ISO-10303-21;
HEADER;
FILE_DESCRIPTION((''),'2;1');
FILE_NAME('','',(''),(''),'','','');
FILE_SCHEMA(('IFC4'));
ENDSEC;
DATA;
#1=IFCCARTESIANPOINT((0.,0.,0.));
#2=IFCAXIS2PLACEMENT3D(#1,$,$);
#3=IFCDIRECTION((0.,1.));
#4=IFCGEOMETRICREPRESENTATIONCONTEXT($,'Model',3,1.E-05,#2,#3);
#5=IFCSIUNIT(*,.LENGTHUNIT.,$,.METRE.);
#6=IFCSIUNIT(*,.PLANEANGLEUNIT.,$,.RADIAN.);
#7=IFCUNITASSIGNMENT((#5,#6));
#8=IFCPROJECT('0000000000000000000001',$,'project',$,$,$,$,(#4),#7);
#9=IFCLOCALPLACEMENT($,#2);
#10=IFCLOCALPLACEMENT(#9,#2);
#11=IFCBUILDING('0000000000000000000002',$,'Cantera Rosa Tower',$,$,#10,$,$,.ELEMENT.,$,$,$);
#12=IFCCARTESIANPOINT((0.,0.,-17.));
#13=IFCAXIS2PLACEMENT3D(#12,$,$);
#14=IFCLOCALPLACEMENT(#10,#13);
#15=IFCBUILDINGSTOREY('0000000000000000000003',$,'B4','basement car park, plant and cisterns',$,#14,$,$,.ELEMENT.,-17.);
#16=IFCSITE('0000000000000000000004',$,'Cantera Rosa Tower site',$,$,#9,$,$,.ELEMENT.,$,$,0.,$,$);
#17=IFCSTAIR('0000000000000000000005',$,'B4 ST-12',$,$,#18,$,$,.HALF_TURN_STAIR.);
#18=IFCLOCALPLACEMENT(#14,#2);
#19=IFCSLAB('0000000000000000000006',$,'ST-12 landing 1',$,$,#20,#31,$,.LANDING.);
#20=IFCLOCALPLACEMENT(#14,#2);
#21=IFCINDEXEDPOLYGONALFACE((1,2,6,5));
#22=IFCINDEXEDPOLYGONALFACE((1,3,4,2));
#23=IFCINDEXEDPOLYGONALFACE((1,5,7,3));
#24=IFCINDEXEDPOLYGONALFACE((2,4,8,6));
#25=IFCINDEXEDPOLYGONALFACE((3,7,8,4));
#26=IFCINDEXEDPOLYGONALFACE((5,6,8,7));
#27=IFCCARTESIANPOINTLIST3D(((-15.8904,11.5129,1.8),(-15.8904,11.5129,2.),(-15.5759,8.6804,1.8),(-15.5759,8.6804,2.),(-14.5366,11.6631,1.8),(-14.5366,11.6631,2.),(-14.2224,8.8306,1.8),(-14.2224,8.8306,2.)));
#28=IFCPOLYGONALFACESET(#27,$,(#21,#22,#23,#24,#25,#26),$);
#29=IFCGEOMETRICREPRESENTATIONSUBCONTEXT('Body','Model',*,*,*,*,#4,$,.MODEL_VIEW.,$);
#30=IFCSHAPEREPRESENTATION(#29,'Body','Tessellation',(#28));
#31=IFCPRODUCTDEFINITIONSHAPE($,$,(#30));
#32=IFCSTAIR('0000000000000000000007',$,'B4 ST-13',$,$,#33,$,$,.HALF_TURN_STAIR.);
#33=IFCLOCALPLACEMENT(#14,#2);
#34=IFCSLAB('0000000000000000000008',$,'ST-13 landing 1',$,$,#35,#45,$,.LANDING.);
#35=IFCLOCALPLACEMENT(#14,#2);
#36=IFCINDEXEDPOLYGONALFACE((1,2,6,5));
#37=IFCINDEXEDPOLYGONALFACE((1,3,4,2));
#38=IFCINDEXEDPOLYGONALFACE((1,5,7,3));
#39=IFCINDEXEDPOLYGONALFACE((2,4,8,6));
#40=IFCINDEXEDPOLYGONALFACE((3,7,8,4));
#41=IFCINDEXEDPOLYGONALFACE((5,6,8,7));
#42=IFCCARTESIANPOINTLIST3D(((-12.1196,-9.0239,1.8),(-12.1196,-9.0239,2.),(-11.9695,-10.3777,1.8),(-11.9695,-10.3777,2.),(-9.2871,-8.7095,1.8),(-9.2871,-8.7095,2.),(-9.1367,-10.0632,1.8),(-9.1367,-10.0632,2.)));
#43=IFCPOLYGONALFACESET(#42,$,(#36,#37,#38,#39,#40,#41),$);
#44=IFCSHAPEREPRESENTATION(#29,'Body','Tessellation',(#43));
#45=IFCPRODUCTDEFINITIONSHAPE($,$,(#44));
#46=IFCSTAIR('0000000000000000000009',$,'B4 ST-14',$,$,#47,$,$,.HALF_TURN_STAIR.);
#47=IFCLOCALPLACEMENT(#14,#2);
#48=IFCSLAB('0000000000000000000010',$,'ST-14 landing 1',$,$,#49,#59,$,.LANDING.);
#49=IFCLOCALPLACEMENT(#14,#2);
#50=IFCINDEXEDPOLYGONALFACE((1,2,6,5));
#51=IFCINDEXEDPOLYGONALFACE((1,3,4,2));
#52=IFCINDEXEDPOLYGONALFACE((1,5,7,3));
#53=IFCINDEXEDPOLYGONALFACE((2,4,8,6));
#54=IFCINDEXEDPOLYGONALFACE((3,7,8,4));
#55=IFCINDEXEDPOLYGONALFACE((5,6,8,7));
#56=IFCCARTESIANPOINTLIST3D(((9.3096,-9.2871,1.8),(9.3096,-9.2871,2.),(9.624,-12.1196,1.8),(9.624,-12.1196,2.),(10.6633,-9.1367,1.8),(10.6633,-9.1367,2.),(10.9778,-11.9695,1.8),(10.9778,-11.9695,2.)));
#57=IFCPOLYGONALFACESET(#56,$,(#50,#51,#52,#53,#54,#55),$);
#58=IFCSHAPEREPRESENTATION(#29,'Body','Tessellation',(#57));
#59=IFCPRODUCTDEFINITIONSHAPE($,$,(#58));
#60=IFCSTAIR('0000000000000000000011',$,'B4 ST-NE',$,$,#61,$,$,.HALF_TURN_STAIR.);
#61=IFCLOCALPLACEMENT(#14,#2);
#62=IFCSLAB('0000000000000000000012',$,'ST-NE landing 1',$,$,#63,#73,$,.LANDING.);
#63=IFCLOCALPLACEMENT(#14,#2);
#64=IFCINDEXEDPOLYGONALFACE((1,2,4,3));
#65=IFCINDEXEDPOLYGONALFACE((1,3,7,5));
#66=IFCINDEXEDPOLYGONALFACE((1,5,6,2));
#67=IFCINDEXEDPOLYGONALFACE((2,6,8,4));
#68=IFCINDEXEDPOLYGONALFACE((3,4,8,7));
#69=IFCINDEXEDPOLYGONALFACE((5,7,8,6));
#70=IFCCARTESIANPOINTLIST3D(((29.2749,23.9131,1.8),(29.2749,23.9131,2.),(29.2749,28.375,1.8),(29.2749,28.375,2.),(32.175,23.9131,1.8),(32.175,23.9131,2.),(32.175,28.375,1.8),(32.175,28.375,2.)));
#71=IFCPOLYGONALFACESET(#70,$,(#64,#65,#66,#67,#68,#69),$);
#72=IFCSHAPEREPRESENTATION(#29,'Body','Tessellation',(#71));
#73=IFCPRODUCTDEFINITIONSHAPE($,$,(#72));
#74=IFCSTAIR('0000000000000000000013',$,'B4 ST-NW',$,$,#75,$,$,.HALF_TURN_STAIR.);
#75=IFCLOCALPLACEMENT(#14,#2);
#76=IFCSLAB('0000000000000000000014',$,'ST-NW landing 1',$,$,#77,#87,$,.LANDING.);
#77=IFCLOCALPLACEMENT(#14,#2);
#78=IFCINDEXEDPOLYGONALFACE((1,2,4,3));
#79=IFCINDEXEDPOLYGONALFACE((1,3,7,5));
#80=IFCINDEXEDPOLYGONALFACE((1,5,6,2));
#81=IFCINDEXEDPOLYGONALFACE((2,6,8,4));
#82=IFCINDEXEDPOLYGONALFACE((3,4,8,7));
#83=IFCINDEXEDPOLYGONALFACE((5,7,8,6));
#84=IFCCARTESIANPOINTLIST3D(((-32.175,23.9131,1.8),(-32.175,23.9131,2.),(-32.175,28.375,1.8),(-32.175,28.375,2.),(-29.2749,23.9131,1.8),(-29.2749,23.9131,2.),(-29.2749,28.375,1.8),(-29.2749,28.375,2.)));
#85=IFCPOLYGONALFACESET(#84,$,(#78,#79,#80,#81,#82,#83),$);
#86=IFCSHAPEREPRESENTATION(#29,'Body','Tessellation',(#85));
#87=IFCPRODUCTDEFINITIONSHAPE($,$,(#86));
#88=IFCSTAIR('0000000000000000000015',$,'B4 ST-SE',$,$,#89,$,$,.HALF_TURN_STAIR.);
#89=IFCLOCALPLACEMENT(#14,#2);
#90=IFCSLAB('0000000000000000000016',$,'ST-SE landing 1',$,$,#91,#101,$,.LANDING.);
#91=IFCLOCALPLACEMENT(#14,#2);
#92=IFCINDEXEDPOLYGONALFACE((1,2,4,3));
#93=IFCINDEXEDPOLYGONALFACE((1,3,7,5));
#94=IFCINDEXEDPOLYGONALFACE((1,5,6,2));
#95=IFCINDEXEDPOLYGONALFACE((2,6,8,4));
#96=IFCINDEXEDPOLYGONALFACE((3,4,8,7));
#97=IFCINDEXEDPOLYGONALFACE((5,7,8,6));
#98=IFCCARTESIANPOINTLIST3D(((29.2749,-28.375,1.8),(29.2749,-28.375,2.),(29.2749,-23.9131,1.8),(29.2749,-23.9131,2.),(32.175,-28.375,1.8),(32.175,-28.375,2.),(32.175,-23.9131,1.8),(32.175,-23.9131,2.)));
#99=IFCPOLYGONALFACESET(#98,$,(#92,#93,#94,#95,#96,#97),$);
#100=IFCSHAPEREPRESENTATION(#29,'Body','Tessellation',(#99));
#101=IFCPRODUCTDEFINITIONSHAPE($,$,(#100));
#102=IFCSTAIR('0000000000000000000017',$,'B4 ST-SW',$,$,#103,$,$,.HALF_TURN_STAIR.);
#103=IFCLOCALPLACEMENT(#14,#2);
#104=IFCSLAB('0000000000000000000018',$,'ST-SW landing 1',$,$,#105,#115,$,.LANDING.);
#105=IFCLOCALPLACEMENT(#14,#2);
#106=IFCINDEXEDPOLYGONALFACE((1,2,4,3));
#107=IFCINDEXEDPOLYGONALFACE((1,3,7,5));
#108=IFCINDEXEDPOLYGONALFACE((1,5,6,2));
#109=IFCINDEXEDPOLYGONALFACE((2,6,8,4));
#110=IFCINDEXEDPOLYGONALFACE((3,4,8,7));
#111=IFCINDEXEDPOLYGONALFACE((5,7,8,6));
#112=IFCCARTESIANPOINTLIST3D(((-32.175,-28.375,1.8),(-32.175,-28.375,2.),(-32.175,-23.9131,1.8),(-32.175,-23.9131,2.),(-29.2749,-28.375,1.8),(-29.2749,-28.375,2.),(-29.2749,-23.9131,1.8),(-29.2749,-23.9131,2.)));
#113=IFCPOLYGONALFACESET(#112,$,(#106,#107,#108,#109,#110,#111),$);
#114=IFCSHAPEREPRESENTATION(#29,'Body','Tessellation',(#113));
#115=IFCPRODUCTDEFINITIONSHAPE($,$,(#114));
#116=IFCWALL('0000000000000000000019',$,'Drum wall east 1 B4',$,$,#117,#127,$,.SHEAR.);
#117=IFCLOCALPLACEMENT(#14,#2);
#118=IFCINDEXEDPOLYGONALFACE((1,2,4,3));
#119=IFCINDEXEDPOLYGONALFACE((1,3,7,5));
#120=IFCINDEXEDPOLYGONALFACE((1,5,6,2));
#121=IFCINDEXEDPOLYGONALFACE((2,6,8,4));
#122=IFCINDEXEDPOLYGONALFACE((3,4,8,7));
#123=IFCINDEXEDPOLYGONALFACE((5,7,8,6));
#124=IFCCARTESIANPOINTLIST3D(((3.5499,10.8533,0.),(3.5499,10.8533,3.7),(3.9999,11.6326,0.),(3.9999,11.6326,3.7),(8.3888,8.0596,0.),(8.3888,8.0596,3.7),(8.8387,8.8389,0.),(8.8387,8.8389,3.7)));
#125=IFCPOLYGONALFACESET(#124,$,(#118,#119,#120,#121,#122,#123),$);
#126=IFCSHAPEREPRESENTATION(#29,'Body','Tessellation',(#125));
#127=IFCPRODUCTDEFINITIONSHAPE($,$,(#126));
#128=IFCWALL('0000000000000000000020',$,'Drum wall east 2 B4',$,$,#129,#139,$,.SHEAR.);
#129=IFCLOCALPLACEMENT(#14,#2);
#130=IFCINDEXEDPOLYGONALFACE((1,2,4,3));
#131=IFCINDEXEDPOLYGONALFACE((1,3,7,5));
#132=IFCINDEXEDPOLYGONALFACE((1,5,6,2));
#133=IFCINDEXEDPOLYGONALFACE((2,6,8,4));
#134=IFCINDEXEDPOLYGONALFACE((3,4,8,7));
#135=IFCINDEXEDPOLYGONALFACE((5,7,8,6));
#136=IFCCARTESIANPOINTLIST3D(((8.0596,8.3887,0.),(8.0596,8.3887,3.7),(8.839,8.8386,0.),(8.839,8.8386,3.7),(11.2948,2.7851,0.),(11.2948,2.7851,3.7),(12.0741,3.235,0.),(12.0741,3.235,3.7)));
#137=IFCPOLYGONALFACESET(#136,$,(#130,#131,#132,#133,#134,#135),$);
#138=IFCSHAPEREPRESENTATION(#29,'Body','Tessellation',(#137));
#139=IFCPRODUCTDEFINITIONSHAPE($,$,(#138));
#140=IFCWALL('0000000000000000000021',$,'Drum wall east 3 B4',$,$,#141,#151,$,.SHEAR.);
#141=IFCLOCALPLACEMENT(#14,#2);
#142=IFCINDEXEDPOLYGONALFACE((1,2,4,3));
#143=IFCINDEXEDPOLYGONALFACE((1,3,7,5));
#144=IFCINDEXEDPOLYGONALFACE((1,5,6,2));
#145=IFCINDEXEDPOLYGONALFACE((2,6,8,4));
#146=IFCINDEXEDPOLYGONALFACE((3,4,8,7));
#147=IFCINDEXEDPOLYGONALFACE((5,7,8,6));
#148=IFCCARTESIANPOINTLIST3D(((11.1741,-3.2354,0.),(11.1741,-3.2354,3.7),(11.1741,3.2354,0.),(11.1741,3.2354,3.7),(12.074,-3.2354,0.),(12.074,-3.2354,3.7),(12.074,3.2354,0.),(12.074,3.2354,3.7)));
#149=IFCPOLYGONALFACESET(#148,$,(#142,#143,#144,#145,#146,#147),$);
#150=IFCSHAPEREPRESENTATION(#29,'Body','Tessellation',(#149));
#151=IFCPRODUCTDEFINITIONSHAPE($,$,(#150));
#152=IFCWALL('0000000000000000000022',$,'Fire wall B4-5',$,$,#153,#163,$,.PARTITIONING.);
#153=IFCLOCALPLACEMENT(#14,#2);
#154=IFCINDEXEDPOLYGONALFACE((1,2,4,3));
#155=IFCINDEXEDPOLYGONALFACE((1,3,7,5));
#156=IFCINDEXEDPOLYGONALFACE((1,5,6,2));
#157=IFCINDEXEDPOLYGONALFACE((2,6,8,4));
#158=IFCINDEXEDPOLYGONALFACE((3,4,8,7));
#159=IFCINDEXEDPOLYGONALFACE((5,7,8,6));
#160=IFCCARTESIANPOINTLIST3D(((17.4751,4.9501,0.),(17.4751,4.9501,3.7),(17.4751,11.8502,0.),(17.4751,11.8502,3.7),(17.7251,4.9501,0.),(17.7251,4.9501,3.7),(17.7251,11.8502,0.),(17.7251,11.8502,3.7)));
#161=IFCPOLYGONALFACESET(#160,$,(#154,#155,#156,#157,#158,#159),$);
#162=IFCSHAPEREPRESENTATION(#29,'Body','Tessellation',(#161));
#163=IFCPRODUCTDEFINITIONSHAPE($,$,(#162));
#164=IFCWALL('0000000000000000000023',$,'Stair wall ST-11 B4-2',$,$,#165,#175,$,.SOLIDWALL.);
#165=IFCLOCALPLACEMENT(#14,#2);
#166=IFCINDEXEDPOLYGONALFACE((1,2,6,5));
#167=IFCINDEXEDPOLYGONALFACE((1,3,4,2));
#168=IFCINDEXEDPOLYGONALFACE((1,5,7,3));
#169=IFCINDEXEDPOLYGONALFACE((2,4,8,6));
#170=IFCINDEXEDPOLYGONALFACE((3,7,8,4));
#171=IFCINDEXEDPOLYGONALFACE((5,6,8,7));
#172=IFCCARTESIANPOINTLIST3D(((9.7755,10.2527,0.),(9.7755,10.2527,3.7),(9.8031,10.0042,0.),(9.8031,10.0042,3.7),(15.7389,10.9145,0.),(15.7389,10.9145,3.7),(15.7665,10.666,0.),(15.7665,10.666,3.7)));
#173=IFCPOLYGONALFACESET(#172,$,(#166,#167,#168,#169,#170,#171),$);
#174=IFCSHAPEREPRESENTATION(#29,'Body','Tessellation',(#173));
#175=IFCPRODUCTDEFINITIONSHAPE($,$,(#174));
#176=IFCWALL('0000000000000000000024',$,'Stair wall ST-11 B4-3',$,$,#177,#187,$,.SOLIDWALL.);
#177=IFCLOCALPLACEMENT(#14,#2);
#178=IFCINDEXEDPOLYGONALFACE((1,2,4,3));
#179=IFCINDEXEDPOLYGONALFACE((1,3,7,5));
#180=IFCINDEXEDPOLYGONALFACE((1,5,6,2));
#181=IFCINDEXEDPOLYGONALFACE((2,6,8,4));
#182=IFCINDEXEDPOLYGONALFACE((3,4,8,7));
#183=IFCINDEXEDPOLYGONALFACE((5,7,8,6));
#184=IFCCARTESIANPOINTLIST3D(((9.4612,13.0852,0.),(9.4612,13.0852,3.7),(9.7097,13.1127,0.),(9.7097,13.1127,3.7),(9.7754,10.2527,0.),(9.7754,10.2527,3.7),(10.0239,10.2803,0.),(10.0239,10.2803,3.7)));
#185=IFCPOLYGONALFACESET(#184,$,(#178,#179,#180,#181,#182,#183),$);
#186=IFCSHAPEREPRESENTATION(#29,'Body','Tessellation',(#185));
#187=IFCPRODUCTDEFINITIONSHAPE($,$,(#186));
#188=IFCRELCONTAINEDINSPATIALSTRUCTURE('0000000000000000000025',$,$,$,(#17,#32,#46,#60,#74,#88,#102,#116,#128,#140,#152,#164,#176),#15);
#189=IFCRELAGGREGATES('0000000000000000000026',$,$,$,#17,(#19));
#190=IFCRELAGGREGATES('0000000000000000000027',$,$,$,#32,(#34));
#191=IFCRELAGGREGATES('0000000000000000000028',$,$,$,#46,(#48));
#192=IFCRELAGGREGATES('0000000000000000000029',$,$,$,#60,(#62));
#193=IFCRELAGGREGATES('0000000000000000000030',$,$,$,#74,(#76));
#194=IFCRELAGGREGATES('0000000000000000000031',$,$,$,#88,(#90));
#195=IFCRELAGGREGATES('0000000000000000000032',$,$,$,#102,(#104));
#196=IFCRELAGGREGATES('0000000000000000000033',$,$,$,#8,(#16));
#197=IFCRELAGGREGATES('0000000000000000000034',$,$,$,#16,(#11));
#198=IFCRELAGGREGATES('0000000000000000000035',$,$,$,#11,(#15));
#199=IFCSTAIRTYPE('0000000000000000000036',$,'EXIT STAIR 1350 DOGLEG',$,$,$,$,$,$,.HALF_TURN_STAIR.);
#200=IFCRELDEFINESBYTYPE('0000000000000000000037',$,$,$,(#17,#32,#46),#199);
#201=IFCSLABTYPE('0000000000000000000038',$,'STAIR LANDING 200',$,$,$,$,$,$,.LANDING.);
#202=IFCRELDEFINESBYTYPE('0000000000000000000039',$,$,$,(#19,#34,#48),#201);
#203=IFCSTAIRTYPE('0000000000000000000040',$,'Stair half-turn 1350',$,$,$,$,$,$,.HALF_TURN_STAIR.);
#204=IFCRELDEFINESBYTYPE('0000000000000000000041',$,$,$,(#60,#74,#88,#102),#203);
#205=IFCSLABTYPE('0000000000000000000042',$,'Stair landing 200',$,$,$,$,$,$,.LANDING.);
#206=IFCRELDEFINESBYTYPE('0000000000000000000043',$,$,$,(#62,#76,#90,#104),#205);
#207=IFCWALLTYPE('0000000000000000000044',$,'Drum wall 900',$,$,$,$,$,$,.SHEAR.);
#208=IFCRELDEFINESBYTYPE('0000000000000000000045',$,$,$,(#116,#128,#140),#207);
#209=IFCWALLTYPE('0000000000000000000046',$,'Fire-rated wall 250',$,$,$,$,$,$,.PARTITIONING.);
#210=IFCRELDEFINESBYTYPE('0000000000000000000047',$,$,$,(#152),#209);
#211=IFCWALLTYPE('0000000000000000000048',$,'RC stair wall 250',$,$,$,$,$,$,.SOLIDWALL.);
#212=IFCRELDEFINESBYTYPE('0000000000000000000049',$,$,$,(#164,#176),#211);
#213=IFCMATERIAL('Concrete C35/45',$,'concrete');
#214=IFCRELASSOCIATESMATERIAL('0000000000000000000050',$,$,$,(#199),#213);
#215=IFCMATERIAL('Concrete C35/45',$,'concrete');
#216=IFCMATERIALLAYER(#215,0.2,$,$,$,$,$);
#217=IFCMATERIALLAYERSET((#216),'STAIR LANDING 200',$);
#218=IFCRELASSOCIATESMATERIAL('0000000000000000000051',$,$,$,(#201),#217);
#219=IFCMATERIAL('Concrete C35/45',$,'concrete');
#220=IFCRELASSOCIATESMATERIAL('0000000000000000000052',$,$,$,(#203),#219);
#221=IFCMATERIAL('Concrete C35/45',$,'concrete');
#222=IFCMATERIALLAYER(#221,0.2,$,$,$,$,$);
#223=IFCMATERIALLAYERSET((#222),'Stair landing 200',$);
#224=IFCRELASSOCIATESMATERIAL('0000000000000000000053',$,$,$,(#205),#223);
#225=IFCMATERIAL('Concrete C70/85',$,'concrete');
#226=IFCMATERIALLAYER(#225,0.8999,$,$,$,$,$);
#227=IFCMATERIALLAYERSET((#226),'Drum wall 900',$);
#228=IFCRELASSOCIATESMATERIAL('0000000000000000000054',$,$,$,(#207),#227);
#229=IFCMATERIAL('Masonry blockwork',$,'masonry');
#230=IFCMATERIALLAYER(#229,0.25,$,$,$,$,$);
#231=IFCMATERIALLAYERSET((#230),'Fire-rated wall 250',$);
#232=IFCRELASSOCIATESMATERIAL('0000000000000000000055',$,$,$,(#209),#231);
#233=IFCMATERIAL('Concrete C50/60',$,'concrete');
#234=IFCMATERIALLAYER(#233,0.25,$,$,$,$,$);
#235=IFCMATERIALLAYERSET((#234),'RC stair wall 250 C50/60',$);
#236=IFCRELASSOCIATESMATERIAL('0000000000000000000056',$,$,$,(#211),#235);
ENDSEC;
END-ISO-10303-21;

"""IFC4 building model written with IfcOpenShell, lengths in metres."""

from ifc_helpers import new_model, si_unit, direction, frame, frame_2d, origin, place, context, subcontext, project, spatial, polyline, rectangle, outline, extrude, material, layer, layer_set, type_object, element, aggregate, save


model = new_model("IFC4")

# Units and contexts
model_context = context("Model", 3, precision=1e-05, world=origin(), true_north=direction((0.0, 1.0)))
body_context = subcontext(model_context, "Body", "Model", "MODEL_VIEW")
ifc_project = project(units=[si_unit("LENGTHUNIT", "METRE"), si_unit("PLANEANGLEUNIT", "RADIAN")], contexts=[model_context])

# Site, building, storey
site_placement = place(None, origin())
site = spatial("IfcSite", under=ifc_project, at=site_placement, Name="Cantera Rosa Tower site", CompositionType="ELEMENT", RefElevation=0.0)
building_placement = place(site_placement, origin())
building = spatial("IfcBuilding", under=site, at=building_placement, Name="Cantera Rosa Tower", CompositionType="ELEMENT")
storey_placement = place(building_placement, frame((0.0, 0.0, -17.0)))
storey = spatial("IfcBuildingStorey", under=building, at=storey_placement, Name="B4", Description="basement car park, plant and cisterns", CompositionType="ELEMENT", Elevation=-17.0)

# Stairs, slabs
ifc_material_1 = material(Name="Concrete C35/45", Category="concrete")
stair_type_1 = type_object("IfcStairType", Name="EXIT STAIR 1350 DOGLEG", PredefinedType="HALF_TURN_STAIR", material=ifc_material_1)
ifc_material_2 = material(Name="Concrete C35/45", Category="concrete")
ifc_layer_1 = layer(ifc_material_2, 0.2)
ifc_layer_set_1 = layer_set([ifc_layer_1], Name="STAIR LANDING 200")
slab_type_1 = type_object("IfcSlabType", Name="STAIR LANDING 200", PredefinedType="LANDING", material=ifc_layer_set_1)
stair_1_placement = place(storey_placement, origin())
stair_1 = element("IfcStair", 1, at=stair_1_placement, inside=storey, type_object=stair_type_1, Name="B4 ST-12", PredefinedType="HALF_TURN_STAIR")
slab_1_placement = place(storey_placement, frame((0.0, 0.0, 1.8)))
slab_1 = element("IfcSlab", 2, at=slab_1_placement, type_object=slab_type_1, Name="ST-12 landing 1", PredefinedType="LANDING", context=body_context, shape_type="SweptSolid", body=[
    extrude(outline(polyline([(-14.5366, 11.6631), (-15.8904, 11.5129), (-15.5759, 8.6804), (-14.2224, 8.8306), (-14.5366, 11.6631)])), origin(), (0.0, 0.0, 1.0), 0.2),
])
aggregate(stair_1, [slab_1])
stair_2_placement = place(storey_placement, origin())
stair_2 = element("IfcStair", 3, at=stair_2_placement, inside=storey, type_object=stair_type_1, Name="B4 ST-13", PredefinedType="HALF_TURN_STAIR")
slab_2_placement = place(storey_placement, frame((0.0, 0.0, 1.8)))
slab_2 = element("IfcSlab", 4, at=slab_2_placement, type_object=slab_type_1, Name="ST-13 landing 1", PredefinedType="LANDING", context=body_context, shape_type="SweptSolid", body=[
    extrude(outline(polyline([(-9.1367, -10.0632), (-9.2871, -8.7095), (-12.1196, -9.0239), (-11.9695, -10.3777), (-9.1367, -10.0632)])), origin(), (0.0, 0.0, 1.0), 0.2),
])
aggregate(stair_2, [slab_2])
stair_3_placement = place(storey_placement, origin())
stair_3 = element("IfcStair", 5, at=stair_3_placement, inside=storey, type_object=stair_type_1, Name="B4 ST-14", PredefinedType="HALF_TURN_STAIR")
slab_3_placement = place(storey_placement, frame((0.0, 0.0, 1.8)))
slab_3 = element("IfcSlab", 6, at=slab_3_placement, type_object=slab_type_1, Name="ST-14 landing 1", PredefinedType="LANDING", context=body_context, shape_type="SweptSolid", body=[
    extrude(outline(polyline([(10.6633, -9.1367), (9.3096, -9.2871), (9.624, -12.1196), (10.9778, -11.9695), (10.6633, -9.1367)])), origin(), (0.0, 0.0, 1.0), 0.2),
])
aggregate(stair_3, [slab_3])
ifc_material_3 = material(Name="Concrete C35/45", Category="concrete")
stair_type_2 = type_object("IfcStairType", Name="Stair half-turn 1350", PredefinedType="HALF_TURN_STAIR", material=ifc_material_3)
stair_4_placement = place(storey_placement, origin())
stair_4 = element("IfcStair", 7, at=stair_4_placement, inside=storey, type_object=stair_type_2, Name="B4 ST-NE", PredefinedType="HALF_TURN_STAIR")
ifc_material_4 = material(Name="Concrete C35/45", Category="concrete")
ifc_layer_2 = layer(ifc_material_4, 0.2)
ifc_layer_set_2 = layer_set([ifc_layer_2], Name="Stair landing 200")
slab_type_2 = type_object("IfcSlabType", Name="Stair landing 200", PredefinedType="LANDING", material=ifc_layer_set_2)
slab_4_placement = place(storey_placement, frame((0.0, 0.0, 1.8)))
slab_4 = element("IfcSlab", 8, at=slab_4_placement, type_object=slab_type_2, Name="ST-NE landing 1", PredefinedType="LANDING", context=body_context, shape_type="SweptSolid", body=[
    extrude(outline(polyline([(32.175, 23.9131), (32.175, 28.375), (29.2749, 28.375), (29.2749, 23.9131), (32.175, 23.9131)])), origin(), (0.0, 0.0, 1.0), 0.2),
])
aggregate(stair_4, [slab_4])
stair_5_placement = place(storey_placement, origin())
stair_5 = element("IfcStair", 9, at=stair_5_placement, inside=storey, type_object=stair_type_2, Name="B4 ST-NW", PredefinedType="HALF_TURN_STAIR")
slab_5_placement = place(storey_placement, frame((0.0, 0.0, 1.8)))
slab_5 = element("IfcSlab", 10, at=slab_5_placement, type_object=slab_type_2, Name="ST-NW landing 1", PredefinedType="LANDING", context=body_context, shape_type="SweptSolid", body=[
    extrude(outline(polyline([(-29.2749, 23.9131), (-29.2749, 28.375), (-32.175, 28.375), (-32.175, 23.9131), (-29.2749, 23.9131)])), origin(), (0.0, 0.0, 1.0), 0.2),
])
aggregate(stair_5, [slab_5])
stair_6_placement = place(storey_placement, origin())
stair_6 = element("IfcStair", 11, at=stair_6_placement, inside=storey, type_object=stair_type_2, Name="B4 ST-SE", PredefinedType="HALF_TURN_STAIR")
slab_6_placement = place(storey_placement, frame((0.0, 0.0, 1.8)))
slab_6 = element("IfcSlab", 12, at=slab_6_placement, type_object=slab_type_2, Name="ST-SE landing 1", PredefinedType="LANDING", context=body_context, shape_type="SweptSolid", body=[
    extrude(outline(polyline([(29.2749, -23.9131), (29.2749, -28.375), (32.175, -28.375), (32.175, -23.9131), (29.2749, -23.9131)])), origin(), (0.0, 0.0, 1.0), 0.2),
])
aggregate(stair_6, [slab_6])
stair_7_placement = place(storey_placement, origin())
stair_7 = element("IfcStair", 13, at=stair_7_placement, inside=storey, type_object=stair_type_2, Name="B4 ST-SW", PredefinedType="HALF_TURN_STAIR")
slab_7_placement = place(storey_placement, frame((0.0, 0.0, 1.8)))
slab_7 = element("IfcSlab", 14, at=slab_7_placement, type_object=slab_type_2, Name="ST-SW landing 1", PredefinedType="LANDING", context=body_context, shape_type="SweptSolid", body=[
    extrude(outline(polyline([(-32.175, -23.9131), (-32.175, -28.375), (-29.2749, -28.375), (-29.2749, -23.9131), (-32.175, -23.9131)])), origin(), (0.0, 0.0, 1.0), 0.2),
])
aggregate(stair_7, [slab_7])

# Walls
ifc_material_5 = material(Name="Concrete C70/85", Category="concrete")
ifc_layer_3 = layer(ifc_material_5, 0.8999)
ifc_layer_set_3 = layer_set([ifc_layer_3], Name="Drum wall 900")
wall_type_1 = type_object("IfcWallType", Name="Drum wall 900", PredefinedType="SHEAR", material=ifc_layer_set_3)
wall_1_placement = place(storey_placement, frame((3.7749, 11.2429, 0.0), z_axis=(0.0, 0.0, 1.0), x_axis=(0.866027, -0.499997, 0.0)))
element("IfcWall", 15, at=wall_1_placement, inside=storey, type_object=wall_type_1, Name="Drum wall east 1 B4", PredefinedType="SHEAR", context=body_context, shape_type="SweptSolid", body=[
    extrude(rectangle(XDim=5.5874, YDim=0.8999, at=frame_2d((2.7937, 0.0))), origin(), (0.0, 0.0, 1.0), 3.7),
])
wall_2_placement = place(storey_placement, frame((8.4492, 8.6138, 0.0), z_axis=(0.0, 0.0, 1.0), x_axis=(0.49999, -0.866031, 0.0)))
element("IfcWall", 16, at=wall_2_placement, inside=storey, type_object=wall_type_1, Name="Drum wall east 2 B4", PredefinedType="SHEAR", context=body_context, shape_type="SweptSolid", body=[
    extrude(rectangle(XDim=6.4705, YDim=0.8999, at=frame_2d((3.2354, 0.0))), origin(), (0.0, 0.0, 1.0), 3.7),
])
wall_3_placement = place(storey_placement, frame((11.624, 3.2354, 0.0), z_axis=(0.0, 0.0, 1.0), x_axis=(0.0, -1.0, 0.0)))
element("IfcWall", 17, at=wall_3_placement, inside=storey, type_object=wall_type_1, Name="Drum wall east 3 B4", PredefinedType="SHEAR", context=body_context, shape_type="SweptSolid", body=[
    extrude(rectangle(XDim=6.4707, YDim=0.8999, at=frame_2d((3.2354, 0.0))), origin(), (0.0, 0.0, 1.0), 3.7),
])
ifc_material_6 = material(Name="Masonry blockwork", Category="masonry")
ifc_layer_4 = layer(ifc_material_6, 0.25)
ifc_layer_set_4 = layer_set([ifc_layer_4], Name="Fire-rated wall 250")
wall_type_2 = type_object("IfcWallType", Name="Fire-rated wall 250", PredefinedType="PARTITIONING", material=ifc_layer_set_4)
wall_4_placement = place(storey_placement, frame((17.6001, 4.95, 0.0), z_axis=(0.0, 0.0, 1.0), x_axis=(0.0, 1.0, 0.0)))
element("IfcWall", 18, at=wall_4_placement, inside=storey, type_object=wall_type_2, Name="Fire wall B4-5", PredefinedType="PARTITIONING", context=body_context, shape_type="SweptSolid", body=[
    extrude(rectangle(XDim=6.9001, YDim=0.25, at=frame_2d((3.4502, 0.0))), origin(), (0.0, 0.0, 1.0), 3.7),
])
ifc_material_7 = material(Name="Concrete C50/60", Category="concrete")
ifc_layer_5 = layer(ifc_material_7, 0.25)
ifc_layer_set_5 = layer_set([ifc_layer_5], Name="RC stair wall 250 C50/60")
wall_type_3 = type_object("IfcWallType", Name="RC stair wall 250", PredefinedType="SOLIDWALL", material=ifc_layer_set_5)
wall_5_placement = place(storey_placement, frame((15.7527, 10.7903, 0.0), z_axis=(0.0, 0.0, 1.0), x_axis=(-0.993897, -0.110311, 0.0)))
element("IfcWall", 19, at=wall_5_placement, inside=storey, type_object=wall_type_3, Name="Stair wall ST-11 B4-2", PredefinedType="SOLIDWALL", context=body_context, shape_type="SweptSolid", body=[
    extrude(rectangle(XDim=6.0, YDim=0.25, at=frame_2d((3.0, 0.0))), origin(), (0.0, 0.0, 1.0), 3.7),
])
wall_6_placement = place(storey_placement, frame((9.8997, 10.2666, 0.0), z_axis=(0.0, 0.0, 1.0), x_axis=(-0.110253, 0.993904, 0.0)))
element("IfcWall", 20, at=wall_6_placement, inside=storey, type_object=wall_type_3, Name="Stair wall ST-11 B4-3", PredefinedType="SOLIDWALL", context=body_context, shape_type="SweptSolid", body=[
    extrude(rectangle(XDim=2.8499, YDim=0.25, at=frame_2d((1.4248, 0.0))), origin(), (0.0, 0.0, 1.0), 3.7),
])

save(model, "model.ifc")
